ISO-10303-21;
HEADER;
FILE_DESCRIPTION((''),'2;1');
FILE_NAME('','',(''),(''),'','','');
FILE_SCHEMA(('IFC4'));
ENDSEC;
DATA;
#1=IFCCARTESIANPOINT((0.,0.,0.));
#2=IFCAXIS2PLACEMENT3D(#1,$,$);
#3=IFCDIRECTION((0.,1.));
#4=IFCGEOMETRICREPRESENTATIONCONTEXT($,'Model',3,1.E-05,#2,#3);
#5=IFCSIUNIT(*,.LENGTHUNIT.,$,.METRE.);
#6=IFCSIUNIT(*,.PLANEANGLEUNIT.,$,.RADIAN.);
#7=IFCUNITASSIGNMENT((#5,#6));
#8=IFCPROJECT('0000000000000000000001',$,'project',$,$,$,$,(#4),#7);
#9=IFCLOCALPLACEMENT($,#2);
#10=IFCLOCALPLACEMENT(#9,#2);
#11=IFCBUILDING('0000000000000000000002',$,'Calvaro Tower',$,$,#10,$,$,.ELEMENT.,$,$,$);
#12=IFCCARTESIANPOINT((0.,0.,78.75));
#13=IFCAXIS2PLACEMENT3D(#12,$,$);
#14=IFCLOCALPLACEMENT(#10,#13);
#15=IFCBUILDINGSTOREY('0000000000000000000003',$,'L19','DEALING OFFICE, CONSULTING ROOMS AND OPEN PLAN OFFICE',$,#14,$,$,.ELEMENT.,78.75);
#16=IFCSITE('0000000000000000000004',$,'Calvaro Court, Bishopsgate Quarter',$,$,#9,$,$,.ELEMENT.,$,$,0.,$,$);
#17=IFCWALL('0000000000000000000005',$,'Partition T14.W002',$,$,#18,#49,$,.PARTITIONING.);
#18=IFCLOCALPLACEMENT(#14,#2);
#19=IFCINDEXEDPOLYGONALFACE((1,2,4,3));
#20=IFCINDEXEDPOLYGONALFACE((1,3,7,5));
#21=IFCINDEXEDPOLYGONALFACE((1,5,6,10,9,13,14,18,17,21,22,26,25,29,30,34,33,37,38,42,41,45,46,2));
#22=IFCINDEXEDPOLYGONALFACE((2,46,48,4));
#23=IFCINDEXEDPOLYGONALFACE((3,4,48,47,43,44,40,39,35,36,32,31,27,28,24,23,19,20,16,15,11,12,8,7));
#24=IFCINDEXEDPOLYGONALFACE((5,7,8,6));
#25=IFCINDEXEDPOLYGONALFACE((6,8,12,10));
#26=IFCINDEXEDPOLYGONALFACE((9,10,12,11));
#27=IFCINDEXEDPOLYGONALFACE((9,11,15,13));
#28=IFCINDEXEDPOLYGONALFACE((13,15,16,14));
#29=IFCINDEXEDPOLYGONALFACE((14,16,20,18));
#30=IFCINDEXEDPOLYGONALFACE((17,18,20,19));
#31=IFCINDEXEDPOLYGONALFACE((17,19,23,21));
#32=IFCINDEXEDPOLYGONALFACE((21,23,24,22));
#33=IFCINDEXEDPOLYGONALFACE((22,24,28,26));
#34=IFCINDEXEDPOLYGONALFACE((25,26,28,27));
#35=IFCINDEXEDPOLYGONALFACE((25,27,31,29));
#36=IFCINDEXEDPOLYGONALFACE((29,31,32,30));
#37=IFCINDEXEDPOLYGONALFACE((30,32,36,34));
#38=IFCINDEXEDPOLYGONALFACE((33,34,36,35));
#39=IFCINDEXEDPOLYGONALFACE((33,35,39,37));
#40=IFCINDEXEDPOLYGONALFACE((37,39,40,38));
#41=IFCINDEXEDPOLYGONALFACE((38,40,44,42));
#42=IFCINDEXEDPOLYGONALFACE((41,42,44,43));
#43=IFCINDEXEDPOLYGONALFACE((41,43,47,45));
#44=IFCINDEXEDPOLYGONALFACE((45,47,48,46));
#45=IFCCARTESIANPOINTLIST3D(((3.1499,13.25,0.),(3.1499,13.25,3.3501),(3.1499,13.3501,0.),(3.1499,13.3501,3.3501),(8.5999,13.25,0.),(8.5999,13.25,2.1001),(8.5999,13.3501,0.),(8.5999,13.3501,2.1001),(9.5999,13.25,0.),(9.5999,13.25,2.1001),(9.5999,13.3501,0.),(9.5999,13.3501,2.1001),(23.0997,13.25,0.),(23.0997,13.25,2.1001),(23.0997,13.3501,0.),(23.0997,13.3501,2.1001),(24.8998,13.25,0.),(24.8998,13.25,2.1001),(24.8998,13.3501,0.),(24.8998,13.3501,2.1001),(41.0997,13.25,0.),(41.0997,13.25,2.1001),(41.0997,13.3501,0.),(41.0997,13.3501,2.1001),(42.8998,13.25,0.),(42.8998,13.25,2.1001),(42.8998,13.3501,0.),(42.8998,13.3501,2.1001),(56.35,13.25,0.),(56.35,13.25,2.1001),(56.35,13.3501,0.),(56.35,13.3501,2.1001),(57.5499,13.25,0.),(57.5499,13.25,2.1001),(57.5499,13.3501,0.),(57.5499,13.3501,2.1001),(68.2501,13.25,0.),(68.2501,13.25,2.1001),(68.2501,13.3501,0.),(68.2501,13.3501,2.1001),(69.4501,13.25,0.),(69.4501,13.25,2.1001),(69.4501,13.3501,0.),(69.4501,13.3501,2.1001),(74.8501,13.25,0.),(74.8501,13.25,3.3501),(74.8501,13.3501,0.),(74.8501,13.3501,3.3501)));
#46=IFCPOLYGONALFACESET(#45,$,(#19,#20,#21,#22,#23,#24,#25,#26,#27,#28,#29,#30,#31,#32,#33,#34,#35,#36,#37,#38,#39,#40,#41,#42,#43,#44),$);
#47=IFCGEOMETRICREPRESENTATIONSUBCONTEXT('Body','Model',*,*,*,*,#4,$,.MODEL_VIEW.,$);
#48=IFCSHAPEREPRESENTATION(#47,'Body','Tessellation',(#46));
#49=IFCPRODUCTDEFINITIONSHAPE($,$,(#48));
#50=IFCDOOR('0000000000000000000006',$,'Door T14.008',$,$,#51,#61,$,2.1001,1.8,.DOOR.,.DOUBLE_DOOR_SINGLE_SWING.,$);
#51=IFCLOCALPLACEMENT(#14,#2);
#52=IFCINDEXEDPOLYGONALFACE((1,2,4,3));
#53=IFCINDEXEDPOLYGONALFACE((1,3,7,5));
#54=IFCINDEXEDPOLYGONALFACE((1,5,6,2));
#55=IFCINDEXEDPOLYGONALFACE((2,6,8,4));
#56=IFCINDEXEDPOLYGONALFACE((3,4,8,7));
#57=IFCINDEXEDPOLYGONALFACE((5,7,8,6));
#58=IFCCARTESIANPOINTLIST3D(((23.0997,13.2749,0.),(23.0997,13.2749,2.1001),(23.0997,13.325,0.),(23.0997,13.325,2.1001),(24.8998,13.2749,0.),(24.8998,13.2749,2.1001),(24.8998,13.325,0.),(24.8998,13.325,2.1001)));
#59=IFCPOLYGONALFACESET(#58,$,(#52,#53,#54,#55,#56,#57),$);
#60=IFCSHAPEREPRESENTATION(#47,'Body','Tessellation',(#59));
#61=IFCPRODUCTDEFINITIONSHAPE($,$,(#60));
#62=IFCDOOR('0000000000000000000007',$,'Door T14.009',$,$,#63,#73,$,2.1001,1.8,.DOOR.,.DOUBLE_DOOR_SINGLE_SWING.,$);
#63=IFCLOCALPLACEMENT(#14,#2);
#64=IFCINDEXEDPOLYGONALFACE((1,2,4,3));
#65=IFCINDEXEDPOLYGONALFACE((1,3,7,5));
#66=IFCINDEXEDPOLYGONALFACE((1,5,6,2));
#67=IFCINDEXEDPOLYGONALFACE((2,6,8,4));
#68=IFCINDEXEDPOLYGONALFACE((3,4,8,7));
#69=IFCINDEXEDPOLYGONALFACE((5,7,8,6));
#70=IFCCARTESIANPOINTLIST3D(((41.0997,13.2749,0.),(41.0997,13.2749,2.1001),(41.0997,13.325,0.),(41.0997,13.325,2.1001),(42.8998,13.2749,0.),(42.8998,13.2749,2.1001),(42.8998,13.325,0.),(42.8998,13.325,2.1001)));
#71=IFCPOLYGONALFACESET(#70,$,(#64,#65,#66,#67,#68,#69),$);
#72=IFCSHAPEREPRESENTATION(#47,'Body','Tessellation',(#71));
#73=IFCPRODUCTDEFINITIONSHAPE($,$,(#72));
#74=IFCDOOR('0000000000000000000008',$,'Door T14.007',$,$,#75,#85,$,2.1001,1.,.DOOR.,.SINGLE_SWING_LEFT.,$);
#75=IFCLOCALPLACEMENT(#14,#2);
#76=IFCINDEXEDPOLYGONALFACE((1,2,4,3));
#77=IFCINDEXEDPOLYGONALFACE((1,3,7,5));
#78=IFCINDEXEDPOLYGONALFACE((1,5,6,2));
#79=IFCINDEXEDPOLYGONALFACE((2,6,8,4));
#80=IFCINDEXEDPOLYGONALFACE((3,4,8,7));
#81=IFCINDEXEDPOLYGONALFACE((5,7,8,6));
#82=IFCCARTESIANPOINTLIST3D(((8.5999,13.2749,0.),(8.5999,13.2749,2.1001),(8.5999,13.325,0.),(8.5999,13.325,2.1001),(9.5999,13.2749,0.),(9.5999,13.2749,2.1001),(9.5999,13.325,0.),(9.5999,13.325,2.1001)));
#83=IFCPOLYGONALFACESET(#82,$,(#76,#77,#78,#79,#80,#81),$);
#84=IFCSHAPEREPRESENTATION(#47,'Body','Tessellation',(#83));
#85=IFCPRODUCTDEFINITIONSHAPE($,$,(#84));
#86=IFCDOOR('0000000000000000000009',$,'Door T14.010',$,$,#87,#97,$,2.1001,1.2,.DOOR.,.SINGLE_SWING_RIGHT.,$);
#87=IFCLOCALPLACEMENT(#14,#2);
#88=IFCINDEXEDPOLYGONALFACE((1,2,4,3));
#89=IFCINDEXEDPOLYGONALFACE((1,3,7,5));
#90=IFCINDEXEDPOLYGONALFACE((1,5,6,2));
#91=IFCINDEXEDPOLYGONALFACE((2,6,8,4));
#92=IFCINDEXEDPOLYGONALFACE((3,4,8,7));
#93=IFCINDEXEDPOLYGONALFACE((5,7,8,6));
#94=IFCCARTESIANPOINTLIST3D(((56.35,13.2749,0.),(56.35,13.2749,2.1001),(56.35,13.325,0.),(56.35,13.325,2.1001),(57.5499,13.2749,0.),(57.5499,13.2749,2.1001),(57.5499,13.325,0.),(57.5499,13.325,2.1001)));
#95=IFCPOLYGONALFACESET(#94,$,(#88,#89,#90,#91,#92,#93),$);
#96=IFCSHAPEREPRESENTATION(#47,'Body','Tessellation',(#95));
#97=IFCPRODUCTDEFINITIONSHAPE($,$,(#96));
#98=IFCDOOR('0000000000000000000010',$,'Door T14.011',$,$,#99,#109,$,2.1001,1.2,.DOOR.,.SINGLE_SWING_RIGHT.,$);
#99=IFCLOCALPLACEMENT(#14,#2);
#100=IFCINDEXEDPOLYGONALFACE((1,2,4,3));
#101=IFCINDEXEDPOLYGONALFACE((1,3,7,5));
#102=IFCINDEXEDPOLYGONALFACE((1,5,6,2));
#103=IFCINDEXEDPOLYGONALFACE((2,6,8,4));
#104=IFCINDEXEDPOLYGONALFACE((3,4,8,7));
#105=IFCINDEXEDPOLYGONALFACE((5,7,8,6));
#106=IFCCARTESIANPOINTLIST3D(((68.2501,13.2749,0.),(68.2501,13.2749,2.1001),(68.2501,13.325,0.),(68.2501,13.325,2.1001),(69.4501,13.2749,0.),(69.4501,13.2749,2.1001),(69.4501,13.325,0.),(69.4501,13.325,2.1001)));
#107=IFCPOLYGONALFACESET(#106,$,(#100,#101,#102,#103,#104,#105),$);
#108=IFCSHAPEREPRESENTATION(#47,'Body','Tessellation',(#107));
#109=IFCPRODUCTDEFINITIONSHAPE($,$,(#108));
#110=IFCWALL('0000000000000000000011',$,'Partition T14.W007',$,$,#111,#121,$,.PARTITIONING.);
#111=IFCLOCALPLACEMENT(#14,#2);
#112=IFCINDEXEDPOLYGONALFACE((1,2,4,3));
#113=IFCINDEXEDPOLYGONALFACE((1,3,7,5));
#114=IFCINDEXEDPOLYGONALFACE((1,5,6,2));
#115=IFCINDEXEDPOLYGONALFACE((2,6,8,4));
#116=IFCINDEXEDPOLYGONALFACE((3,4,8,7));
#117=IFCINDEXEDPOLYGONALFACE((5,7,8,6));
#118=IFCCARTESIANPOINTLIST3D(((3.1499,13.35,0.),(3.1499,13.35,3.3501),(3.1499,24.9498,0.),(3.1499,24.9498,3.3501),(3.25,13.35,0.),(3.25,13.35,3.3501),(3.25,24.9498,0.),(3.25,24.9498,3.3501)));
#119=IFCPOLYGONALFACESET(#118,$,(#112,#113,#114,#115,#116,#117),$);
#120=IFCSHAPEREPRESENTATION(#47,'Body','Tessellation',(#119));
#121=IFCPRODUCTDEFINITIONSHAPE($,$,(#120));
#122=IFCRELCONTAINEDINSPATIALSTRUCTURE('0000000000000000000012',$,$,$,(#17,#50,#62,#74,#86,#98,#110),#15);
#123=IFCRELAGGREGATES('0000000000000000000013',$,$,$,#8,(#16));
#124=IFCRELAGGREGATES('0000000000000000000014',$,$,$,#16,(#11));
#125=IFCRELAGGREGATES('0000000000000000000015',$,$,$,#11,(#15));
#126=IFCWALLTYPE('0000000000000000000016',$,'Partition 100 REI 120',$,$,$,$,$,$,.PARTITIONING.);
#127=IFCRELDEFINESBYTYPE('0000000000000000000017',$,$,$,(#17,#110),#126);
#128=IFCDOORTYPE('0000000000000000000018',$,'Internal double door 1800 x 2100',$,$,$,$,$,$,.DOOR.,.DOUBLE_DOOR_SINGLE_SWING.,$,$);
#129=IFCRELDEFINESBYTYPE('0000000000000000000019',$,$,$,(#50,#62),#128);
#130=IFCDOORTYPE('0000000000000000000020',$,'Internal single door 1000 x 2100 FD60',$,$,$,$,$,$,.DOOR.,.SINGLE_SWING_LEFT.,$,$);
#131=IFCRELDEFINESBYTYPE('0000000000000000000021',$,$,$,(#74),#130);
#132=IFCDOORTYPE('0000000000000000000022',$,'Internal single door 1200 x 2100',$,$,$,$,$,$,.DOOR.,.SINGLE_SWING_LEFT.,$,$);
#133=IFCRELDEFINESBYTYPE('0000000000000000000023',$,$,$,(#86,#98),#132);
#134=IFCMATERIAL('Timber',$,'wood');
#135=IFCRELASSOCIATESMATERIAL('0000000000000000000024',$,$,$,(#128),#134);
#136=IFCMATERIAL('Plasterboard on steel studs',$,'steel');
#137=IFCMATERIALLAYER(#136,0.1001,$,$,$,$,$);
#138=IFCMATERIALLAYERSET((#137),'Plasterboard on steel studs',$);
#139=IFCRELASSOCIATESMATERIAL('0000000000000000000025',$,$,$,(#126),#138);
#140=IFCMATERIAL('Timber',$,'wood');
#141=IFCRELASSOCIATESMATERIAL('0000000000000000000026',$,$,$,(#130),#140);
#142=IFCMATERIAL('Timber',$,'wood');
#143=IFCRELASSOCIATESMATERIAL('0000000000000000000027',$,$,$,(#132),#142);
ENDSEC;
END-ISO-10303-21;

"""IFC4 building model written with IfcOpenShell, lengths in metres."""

from ifc_helpers import new_model, si_unit, direction, frame, frame_2d, origin, place, context, subcontext, project, spatial, rectangle, extrude, material, layer, layer_set, type_object, element, fill, save


model = new_model("IFC4")

# Units and contexts
model_context = context("Model", 3, precision=1e-05, world=origin(), true_north=direction((0.0, 1.0)))
body_context = subcontext(model_context, "Body", "Model", "MODEL_VIEW")
ifc_project = project(units=[si_unit("LENGTHUNIT", "METRE"), si_unit("PLANEANGLEUNIT", "RADIAN")], contexts=[model_context])

# Site, building, storey
site_placement = place(None, origin())
site = spatial("IfcSite", under=ifc_project, at=site_placement, Name="Calvaro Court, Bishopsgate Quarter", CompositionType="ELEMENT", RefElevation=0.0)
building_placement = place(site_placement, origin())
building = spatial("IfcBuilding", under=site, at=building_placement, Name="Calvaro Tower", CompositionType="ELEMENT")
storey_placement = place(building_placement, frame((0.0, 0.0, 78.75)))
storey = spatial("IfcBuildingStorey", under=building, at=storey_placement, Name="L19", Description="DEALING OFFICE, CONSULTING ROOMS AND OPEN PLAN OFFICE", CompositionType="ELEMENT", Elevation=78.75)

# Wall, openings, doors
ifc_material_1 = material(Name="Timber", Category="wood")
door_type_1 = type_object("IfcDoorType", Name="Internal double door 1800 x 2100", OperationType="DOUBLE_DOOR_SINGLE_SWING", PredefinedType="DOOR", material=ifc_material_1)
ifc_material_2 = material(Name="Plasterboard on steel studs", Category="steel")
ifc_layer_1 = layer(ifc_material_2, 0.1001)
ifc_layer_set_1 = layer_set([ifc_layer_1], Name="Plasterboard on steel studs")
wall_type_1 = type_object("IfcWallType", Name="Partition 100 REI 120", PredefinedType="PARTITIONING", material=ifc_layer_set_1)
wall_1_placement = place(storey_placement, frame((3.1499, 13.3, 0.0), z_axis=(0.0, 0.0, 1.0), x_axis=(1.0, 0.0, 0.0)))
wall_1 = element("IfcWall", 1, at=wall_1_placement, inside=storey, type_object=wall_type_1, Name="Partition T14.W002", PredefinedType="PARTITIONING", context=body_context, shape_type="SweptSolid", body=[
    extrude(rectangle(XDim=71.7002, YDim=0.1001, at=frame_2d((35.8501, 0.0))), origin(), (0.0, 0.0, 1.0), 3.3501),
])
opening_1_placement = place(wall_1_placement, frame((5.45, 0.0, 0.0)))
opening_1 = element("IfcOpeningElement", 2, at=opening_1_placement, cuts=wall_1, PredefinedType="OPENING", context=body_context, shape_type="SweptSolid", body=[
    extrude(rectangle(XDim=1.0, YDim=2.1001, at=frame_2d((0.5, 1.05))), frame((0.0, 0.0601, 0.0), z_axis=(0.0, -1.0, 0.0), x_axis=(1.0, 0.0, 0.0)), (0.0, 0.0, 1.0), 0.1201),
])
opening_2_placement = place(wall_1_placement, frame((19.95, 0.0, 0.0)))
opening_2 = element("IfcOpeningElement", 3, at=opening_2_placement, cuts=wall_1, PredefinedType="OPENING", context=body_context, shape_type="SweptSolid", body=[
    extrude(rectangle(XDim=1.8, YDim=2.1001, at=frame_2d((0.8999, 1.05))), frame((0.0, 0.0601, 0.0), z_axis=(0.0, -1.0, 0.0), x_axis=(1.0, 0.0, 0.0)), (0.0, 0.0, 1.0), 0.1201),
])
opening_3_placement = place(wall_1_placement, frame((37.95, 0.0, 0.0)))
opening_3 = element("IfcOpeningElement", 4, at=opening_3_placement, cuts=wall_1, PredefinedType="OPENING", context=body_context, shape_type="SweptSolid", body=[
    extrude(rectangle(XDim=1.8, YDim=2.1001, at=frame_2d((0.8999, 1.05))), frame((0.0, 0.0601, 0.0), z_axis=(0.0, -1.0, 0.0), x_axis=(1.0, 0.0, 0.0)), (0.0, 0.0, 1.0), 0.1201),
])
opening_4_placement = place(wall_1_placement, frame((53.2, 0.0, 0.0)))
opening_4 = element("IfcOpeningElement", 5, at=opening_4_placement, cuts=wall_1, PredefinedType="OPENING", context=body_context, shape_type="SweptSolid", body=[
    extrude(rectangle(XDim=1.2, YDim=2.1001, at=frame_2d((0.6001, 1.05))), frame((0.0, 0.0601, 0.0), z_axis=(0.0, -1.0, 0.0), x_axis=(1.0, 0.0, 0.0)), (0.0, 0.0, 1.0), 0.1201),
])
opening_5_placement = place(wall_1_placement, frame((65.1001, 0.0, 0.0)))
opening_5 = element("IfcOpeningElement", 6, at=opening_5_placement, cuts=wall_1, PredefinedType="OPENING", context=body_context, shape_type="SweptSolid", body=[
    extrude(rectangle(XDim=1.2, YDim=2.1001, at=frame_2d((0.6001, 1.05))), frame((0.0, 0.0601, 0.0), z_axis=(0.0, -1.0, 0.0), x_axis=(1.0, 0.0, 0.0)), (0.0, 0.0, 1.0), 0.1201),
])
door_1_placement = place(opening_2_placement, origin())
door_1 = element("IfcDoor", 7, at=door_1_placement, inside=storey, type_object=door_type_1, Name="Door T14.008", OperationType="DOUBLE_DOOR_SINGLE_SWING", OverallHeight=2.1001, OverallWidth=1.8, PredefinedType="DOOR", context=body_context, shape_type="SweptSolid", body=[
    extrude(rectangle(XDim=1.8, YDim=2.1001, at=frame_2d((0.8999, 1.05))), frame((0.0, 0.0249, 0.0), z_axis=(0.0, -1.0, 0.0), x_axis=(1.0, 0.0, 0.0)), (0.0, 0.0, 1.0), 0.05),
])
fill(opening_2, door_1)
door_2_placement = place(opening_3_placement, origin())
door_2 = element("IfcDoor", 8, at=door_2_placement, inside=storey, type_object=door_type_1, Name="Door T14.009", OperationType="DOUBLE_DOOR_SINGLE_SWING", OverallHeight=2.1001, OverallWidth=1.8, PredefinedType="DOOR", context=body_context, shape_type="SweptSolid", body=[
    extrude(rectangle(XDim=1.8, YDim=2.1001, at=frame_2d((0.8999, 1.05))), frame((0.0, 0.0249, 0.0), z_axis=(0.0, -1.0, 0.0), x_axis=(1.0, 0.0, 0.0)), (0.0, 0.0, 1.0), 0.05),
])
fill(opening_3, door_2)
ifc_material_3 = material(Name="Timber", Category="wood")
door_type_2 = type_object("IfcDoorType", Name="Internal single door 1000 x 2100 FD60", OperationType="SINGLE_SWING_LEFT", PredefinedType="DOOR", material=ifc_material_3)
door_3_placement = place(opening_1_placement, origin())
door_3 = element("IfcDoor", 9, at=door_3_placement, inside=storey, type_object=door_type_2, Name="Door T14.007", OperationType="SINGLE_SWING_LEFT", OverallHeight=2.1001, OverallWidth=1.0, PredefinedType="DOOR", context=body_context, shape_type="SweptSolid", body=[
    extrude(rectangle(XDim=1.0, YDim=2.1001, at=frame_2d((0.5, 1.05))), frame((0.0, 0.0249, 0.0), z_axis=(0.0, -1.0, 0.0), x_axis=(1.0, 0.0, 0.0)), (0.0, 0.0, 1.0), 0.05),
])
fill(opening_1, door_3)
ifc_material_4 = material(Name="Timber", Category="wood")
door_type_3 = type_object("IfcDoorType", Name="Internal single door 1200 x 2100", OperationType="SINGLE_SWING_LEFT", PredefinedType="DOOR", material=ifc_material_4)
door_4_placement = place(opening_4_placement, origin())
door_4 = element("IfcDoor", 10, at=door_4_placement, inside=storey, type_object=door_type_3, Name="Door T14.010", OperationType="SINGLE_SWING_RIGHT", OverallHeight=2.1001, OverallWidth=1.2, PredefinedType="DOOR", context=body_context, shape_type="SweptSolid", body=[
    extrude(rectangle(XDim=1.2, YDim=2.1001, at=frame_2d((0.6001, 1.05))), frame((0.0, 0.0249, 0.0), z_axis=(0.0, -1.0, 0.0), x_axis=(1.0, 0.0, 0.0)), (0.0, 0.0, 1.0), 0.05),
])
fill(opening_4, door_4)
door_5_placement = place(opening_5_placement, origin())
door_5 = element("IfcDoor", 11, at=door_5_placement, inside=storey, type_object=door_type_3, Name="Door T14.011", OperationType="SINGLE_SWING_RIGHT", OverallHeight=2.1001, OverallWidth=1.2, PredefinedType="DOOR", context=body_context, shape_type="SweptSolid", body=[
    extrude(rectangle(XDim=1.2, YDim=2.1001, at=frame_2d((0.6001, 1.05))), frame((0.0, 0.0249, 0.0), z_axis=(0.0, -1.0, 0.0), x_axis=(1.0, 0.0, 0.0)), (0.0, 0.0, 1.0), 0.05),
])
fill(opening_5, door_5)

# Wall
wall_2_placement = place(storey_placement, frame((3.2, 13.3501, 0.0), z_axis=(0.0, 0.0, 1.0), x_axis=(0.0, 1.0, 0.0)))
element("IfcWall", 12, at=wall_2_placement, inside=storey, type_object=wall_type_1, Name="Partition T14.W007", PredefinedType="PARTITIONING", context=body_context, shape_type="SweptSolid", body=[
    extrude(rectangle(XDim=11.5999, YDim=0.1001, at=frame_2d((5.7998, 0.0))), origin(), (0.0, 0.0, 1.0), 3.3501),
])

save(model, "model.ifc")
